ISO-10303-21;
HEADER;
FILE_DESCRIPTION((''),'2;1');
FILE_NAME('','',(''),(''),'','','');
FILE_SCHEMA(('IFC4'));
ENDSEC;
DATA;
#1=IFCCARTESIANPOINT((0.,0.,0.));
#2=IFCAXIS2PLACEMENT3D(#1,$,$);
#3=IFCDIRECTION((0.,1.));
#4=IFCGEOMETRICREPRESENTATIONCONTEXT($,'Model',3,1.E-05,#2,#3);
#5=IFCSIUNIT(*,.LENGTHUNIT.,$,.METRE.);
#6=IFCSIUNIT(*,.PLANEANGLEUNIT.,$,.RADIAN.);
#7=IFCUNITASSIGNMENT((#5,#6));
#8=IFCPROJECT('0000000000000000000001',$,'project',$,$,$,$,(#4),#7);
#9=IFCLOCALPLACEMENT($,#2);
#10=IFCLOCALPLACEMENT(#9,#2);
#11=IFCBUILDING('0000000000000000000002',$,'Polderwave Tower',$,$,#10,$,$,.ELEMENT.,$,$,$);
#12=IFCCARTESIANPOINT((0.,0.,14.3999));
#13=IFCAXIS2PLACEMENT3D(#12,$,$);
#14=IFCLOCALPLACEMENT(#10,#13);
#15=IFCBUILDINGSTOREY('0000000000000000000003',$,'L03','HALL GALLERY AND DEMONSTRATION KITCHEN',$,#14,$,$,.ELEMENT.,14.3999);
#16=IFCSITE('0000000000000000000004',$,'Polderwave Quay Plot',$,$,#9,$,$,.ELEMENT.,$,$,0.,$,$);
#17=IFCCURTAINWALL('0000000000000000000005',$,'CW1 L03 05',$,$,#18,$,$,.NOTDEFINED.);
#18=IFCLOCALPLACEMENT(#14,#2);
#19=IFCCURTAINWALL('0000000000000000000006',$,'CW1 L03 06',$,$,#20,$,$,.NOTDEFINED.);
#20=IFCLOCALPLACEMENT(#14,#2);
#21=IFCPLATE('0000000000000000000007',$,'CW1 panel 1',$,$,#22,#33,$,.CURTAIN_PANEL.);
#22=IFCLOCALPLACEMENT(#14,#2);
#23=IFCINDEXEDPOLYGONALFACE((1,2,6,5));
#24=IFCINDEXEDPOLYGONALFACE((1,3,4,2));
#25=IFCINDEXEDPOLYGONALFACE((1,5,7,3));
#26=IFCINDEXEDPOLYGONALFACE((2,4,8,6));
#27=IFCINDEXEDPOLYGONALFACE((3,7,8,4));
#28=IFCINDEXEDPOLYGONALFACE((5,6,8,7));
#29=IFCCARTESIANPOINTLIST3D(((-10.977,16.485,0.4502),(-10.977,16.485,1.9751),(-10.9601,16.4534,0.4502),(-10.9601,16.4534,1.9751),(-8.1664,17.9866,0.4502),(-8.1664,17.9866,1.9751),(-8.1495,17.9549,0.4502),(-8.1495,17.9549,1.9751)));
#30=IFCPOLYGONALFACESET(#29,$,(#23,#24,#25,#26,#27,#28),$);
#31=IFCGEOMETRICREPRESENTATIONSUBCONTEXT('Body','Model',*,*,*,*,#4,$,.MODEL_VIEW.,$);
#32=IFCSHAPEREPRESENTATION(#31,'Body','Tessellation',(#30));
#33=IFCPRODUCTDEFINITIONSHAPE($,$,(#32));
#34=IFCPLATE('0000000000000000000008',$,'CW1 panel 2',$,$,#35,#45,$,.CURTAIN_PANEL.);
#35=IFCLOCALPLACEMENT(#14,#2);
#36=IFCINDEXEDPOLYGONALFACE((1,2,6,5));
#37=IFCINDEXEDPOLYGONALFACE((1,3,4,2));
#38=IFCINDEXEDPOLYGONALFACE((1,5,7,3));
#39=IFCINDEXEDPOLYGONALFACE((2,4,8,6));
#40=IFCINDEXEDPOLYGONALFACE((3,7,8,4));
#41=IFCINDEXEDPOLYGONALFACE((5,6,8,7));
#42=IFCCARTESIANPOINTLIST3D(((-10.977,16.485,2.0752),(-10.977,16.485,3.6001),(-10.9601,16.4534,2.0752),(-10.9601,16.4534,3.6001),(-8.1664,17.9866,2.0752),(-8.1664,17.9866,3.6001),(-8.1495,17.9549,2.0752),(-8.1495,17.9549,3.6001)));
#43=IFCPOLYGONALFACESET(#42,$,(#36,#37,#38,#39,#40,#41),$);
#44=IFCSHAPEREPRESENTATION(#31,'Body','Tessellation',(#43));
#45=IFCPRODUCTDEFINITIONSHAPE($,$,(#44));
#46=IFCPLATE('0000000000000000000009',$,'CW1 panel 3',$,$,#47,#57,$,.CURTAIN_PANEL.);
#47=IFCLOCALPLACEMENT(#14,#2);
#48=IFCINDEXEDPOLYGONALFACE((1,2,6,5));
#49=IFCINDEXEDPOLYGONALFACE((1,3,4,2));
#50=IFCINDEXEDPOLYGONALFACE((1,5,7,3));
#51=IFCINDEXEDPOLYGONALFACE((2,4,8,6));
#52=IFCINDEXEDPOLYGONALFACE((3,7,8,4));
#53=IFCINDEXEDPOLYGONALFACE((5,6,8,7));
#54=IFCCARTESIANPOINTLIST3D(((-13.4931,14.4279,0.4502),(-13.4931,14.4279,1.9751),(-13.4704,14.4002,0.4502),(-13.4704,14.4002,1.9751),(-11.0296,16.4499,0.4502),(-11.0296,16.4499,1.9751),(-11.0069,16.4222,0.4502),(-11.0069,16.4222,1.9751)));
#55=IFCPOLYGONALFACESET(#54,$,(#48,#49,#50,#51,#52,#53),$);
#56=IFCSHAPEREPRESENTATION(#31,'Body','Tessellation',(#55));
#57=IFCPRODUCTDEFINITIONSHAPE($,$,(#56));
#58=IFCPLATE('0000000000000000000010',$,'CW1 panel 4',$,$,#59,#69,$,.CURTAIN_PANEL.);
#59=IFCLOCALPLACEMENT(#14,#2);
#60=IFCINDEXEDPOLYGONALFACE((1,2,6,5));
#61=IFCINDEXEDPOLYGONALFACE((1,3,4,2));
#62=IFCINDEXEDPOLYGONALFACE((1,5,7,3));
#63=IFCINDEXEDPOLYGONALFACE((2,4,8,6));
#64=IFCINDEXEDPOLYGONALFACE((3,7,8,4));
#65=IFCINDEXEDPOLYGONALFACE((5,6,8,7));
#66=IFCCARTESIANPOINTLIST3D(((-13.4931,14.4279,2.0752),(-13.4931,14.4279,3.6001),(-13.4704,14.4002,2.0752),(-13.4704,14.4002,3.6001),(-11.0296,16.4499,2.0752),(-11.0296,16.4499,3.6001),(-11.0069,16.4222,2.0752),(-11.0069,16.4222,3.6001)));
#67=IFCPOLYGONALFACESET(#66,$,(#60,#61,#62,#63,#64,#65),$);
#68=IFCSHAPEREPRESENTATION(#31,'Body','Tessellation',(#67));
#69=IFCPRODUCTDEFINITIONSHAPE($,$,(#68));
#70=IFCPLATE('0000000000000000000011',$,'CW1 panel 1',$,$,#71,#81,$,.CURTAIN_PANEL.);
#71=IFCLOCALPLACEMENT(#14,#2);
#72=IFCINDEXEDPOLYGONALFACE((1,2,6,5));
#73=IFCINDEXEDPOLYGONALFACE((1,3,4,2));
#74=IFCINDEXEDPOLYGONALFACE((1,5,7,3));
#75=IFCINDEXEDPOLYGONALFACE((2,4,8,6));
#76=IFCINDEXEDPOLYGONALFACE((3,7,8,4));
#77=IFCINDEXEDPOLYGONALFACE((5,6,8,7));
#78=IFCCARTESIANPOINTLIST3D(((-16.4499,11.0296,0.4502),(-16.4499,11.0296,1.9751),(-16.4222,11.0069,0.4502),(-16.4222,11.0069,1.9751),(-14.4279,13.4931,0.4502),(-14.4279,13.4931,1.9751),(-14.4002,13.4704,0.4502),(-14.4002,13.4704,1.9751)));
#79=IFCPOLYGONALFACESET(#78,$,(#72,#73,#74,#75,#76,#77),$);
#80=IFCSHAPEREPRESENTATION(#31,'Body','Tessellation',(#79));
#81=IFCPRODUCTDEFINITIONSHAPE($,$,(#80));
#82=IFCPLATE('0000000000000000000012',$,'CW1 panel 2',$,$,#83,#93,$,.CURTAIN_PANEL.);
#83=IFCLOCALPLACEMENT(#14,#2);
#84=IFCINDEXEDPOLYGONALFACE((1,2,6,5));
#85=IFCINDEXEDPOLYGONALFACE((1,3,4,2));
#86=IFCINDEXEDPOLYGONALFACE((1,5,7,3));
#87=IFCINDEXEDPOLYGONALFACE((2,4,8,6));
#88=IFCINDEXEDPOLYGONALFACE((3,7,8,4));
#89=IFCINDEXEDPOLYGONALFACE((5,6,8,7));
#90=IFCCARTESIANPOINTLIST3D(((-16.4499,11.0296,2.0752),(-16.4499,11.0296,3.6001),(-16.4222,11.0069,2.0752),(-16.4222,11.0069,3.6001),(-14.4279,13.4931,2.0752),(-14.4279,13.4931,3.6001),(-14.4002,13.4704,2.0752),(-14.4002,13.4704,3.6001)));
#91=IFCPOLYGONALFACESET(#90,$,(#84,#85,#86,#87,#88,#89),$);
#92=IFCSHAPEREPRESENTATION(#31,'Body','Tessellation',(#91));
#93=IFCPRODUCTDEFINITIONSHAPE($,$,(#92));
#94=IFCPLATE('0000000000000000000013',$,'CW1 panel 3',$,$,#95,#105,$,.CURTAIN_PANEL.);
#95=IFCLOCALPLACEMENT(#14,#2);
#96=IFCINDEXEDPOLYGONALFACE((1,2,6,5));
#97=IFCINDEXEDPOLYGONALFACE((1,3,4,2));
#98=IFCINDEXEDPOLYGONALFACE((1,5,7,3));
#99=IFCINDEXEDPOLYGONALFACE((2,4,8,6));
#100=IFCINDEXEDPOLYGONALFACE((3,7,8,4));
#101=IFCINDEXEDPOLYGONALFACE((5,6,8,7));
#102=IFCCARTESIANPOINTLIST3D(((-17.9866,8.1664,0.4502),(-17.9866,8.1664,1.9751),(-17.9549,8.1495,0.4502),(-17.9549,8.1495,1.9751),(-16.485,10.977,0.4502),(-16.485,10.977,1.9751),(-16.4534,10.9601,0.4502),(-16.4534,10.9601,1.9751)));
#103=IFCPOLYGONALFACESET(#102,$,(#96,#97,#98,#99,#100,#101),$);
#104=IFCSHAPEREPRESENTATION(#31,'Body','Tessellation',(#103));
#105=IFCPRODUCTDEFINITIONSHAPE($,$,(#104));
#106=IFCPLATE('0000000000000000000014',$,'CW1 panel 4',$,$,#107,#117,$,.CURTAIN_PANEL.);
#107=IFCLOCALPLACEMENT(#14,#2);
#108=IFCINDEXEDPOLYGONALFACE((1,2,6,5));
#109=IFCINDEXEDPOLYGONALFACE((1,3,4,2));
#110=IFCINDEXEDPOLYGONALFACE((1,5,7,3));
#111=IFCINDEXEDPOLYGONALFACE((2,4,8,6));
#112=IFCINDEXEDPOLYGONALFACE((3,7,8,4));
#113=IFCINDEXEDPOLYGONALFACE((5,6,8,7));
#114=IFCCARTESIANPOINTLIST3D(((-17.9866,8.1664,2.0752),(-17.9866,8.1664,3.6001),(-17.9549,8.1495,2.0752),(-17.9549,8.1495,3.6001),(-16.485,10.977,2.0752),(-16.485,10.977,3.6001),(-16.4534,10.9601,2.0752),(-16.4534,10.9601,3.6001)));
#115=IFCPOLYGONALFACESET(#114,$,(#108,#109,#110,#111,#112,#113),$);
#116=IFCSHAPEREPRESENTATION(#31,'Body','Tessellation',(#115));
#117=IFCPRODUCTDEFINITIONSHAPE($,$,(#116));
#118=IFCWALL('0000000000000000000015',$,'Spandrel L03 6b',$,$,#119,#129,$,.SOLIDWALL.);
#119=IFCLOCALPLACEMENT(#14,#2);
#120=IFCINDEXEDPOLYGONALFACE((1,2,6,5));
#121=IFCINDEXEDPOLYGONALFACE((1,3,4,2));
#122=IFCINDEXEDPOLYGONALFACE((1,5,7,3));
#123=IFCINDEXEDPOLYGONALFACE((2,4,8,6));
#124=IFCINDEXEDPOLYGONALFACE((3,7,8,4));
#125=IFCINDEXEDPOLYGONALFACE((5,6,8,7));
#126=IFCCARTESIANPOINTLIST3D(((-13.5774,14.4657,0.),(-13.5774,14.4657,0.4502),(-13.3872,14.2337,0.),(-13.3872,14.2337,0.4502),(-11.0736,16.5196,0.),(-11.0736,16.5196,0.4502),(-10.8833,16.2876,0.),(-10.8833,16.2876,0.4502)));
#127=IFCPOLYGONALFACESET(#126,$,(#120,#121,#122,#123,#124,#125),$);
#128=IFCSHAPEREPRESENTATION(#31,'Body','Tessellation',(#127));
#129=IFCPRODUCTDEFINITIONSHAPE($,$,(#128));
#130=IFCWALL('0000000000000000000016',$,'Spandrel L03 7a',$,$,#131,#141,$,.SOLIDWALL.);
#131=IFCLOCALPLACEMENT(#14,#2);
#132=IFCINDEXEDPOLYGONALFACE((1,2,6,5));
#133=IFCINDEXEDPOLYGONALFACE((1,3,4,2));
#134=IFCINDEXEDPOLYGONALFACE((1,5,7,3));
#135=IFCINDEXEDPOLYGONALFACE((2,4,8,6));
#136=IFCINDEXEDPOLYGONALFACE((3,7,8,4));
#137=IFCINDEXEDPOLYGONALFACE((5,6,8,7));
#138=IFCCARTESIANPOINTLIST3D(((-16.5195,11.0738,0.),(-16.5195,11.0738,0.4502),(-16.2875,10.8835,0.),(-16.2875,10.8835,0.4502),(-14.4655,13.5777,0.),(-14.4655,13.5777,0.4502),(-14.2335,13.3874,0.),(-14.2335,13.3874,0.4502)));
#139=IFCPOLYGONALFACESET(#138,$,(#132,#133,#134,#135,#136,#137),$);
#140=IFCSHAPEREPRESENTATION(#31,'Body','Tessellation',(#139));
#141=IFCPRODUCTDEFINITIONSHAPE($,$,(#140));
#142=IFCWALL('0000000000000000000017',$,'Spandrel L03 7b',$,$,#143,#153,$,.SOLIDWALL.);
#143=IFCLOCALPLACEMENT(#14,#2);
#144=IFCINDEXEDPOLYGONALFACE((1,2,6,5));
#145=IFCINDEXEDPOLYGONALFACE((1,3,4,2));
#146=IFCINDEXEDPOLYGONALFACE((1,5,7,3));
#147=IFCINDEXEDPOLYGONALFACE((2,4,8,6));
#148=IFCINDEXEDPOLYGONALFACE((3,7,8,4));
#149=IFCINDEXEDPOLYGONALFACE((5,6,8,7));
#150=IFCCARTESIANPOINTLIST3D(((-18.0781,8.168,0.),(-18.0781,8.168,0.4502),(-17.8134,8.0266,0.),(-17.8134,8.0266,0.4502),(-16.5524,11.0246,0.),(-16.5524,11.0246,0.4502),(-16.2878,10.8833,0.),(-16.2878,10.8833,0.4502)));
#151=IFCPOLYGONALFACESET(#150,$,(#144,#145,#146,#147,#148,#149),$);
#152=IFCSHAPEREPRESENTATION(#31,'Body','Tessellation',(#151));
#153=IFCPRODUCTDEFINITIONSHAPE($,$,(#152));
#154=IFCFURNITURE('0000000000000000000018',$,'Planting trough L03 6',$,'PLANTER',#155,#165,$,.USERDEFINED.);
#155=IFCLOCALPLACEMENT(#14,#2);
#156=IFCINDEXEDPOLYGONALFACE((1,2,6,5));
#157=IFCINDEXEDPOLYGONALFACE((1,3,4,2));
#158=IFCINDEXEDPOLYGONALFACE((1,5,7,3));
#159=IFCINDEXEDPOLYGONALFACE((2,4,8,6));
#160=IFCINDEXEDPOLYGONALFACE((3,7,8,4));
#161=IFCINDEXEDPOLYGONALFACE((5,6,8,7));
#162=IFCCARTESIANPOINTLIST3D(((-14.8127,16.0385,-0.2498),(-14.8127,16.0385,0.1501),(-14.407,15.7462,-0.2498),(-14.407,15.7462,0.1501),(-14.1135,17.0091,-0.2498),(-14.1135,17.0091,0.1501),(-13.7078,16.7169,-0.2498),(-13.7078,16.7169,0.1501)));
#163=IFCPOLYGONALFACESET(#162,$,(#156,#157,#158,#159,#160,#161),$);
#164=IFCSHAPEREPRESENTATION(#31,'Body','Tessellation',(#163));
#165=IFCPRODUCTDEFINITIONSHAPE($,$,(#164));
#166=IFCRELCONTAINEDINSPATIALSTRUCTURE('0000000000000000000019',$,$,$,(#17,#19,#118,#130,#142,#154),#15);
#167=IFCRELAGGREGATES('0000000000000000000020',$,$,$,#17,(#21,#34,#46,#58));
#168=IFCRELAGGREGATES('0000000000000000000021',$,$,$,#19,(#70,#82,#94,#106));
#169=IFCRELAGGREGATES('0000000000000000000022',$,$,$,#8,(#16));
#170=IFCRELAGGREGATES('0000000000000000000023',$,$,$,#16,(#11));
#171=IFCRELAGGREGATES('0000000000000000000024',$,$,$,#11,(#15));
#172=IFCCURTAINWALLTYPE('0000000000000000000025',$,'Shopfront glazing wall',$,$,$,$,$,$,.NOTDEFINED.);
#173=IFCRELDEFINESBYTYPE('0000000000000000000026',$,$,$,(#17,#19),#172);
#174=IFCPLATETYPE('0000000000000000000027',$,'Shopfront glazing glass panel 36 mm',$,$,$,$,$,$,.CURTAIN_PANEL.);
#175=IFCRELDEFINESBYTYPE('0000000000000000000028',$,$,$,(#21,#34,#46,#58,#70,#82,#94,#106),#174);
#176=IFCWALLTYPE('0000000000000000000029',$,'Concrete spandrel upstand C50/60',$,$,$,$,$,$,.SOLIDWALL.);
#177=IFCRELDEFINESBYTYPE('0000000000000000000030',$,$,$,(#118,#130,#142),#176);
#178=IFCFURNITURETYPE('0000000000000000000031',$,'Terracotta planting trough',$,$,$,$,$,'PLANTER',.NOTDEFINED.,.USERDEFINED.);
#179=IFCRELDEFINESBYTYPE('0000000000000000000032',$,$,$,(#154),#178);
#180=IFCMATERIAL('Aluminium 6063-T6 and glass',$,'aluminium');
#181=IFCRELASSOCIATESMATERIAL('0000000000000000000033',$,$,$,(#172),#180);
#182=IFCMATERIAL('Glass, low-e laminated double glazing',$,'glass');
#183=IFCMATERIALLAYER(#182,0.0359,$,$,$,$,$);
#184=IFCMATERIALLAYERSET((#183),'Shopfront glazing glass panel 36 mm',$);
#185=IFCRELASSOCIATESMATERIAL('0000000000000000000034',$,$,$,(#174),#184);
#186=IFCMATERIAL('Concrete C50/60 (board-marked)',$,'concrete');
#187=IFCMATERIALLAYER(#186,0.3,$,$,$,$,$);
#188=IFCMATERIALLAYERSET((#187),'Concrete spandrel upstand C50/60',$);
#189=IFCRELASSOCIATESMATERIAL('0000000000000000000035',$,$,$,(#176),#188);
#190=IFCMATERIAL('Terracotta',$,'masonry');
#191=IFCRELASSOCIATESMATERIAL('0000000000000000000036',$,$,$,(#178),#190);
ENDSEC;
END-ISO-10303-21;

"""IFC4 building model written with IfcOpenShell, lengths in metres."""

from ifc_helpers import new_model, si_unit, direction, frame, frame_2d, origin, origin_2d, place, context, subcontext, project, spatial, rectangle, extrude, material, layer, layer_set, type_object, element, aggregate, save


model = new_model("IFC4")

# Units and contexts
model_context = context("Model", 3, precision=1e-05, world=origin(), true_north=direction((0.0, 1.0)))
body_context = subcontext(model_context, "Body", "Model", "MODEL_VIEW")
ifc_project = project(units=[si_unit("LENGTHUNIT", "METRE"), si_unit("PLANEANGLEUNIT", "RADIAN")], contexts=[model_context])

# Site, building, storey
site_placement = place(None, origin())
site = spatial("IfcSite", under=ifc_project, at=site_placement, Name="Polderwave Quay Plot", CompositionType="ELEMENT", RefElevation=0.0)
building_placement = place(site_placement, origin())
building = spatial("IfcBuilding", under=site, at=building_placement, Name="Polderwave Tower", CompositionType="ELEMENT")
storey_placement = place(building_placement, frame((0.0, 0.0, 14.3999)))
storey = spatial("IfcBuildingStorey", under=building, at=storey_placement, Name="L03", Description="HALL GALLERY AND DEMONSTRATION KITCHEN", CompositionType="ELEMENT", Elevation=14.3999)

# Curtain walls
ifc_material_1 = material(Name="Aluminium 6063-T6 and glass", Category="aluminium")
curtain_wall_type = type_object("IfcCurtainWallType", Name="Shopfront glazing wall", PredefinedType="NOTDEFINED", material=ifc_material_1)
curtain_wall_1_placement = place(storey_placement, origin())
curtain_wall_1 = element("IfcCurtainWall", 1, at=curtain_wall_1_placement, inside=storey, type_object=curtain_wall_type, Name="CW1 L03 05", PredefinedType="NOTDEFINED")
curtain_wall_2_placement = place(storey_placement, origin())
curtain_wall_2 = element("IfcCurtainWall", 2, at=curtain_wall_2_placement, inside=storey, type_object=curtain_wall_type, Name="CW1 L03 06", PredefinedType="NOTDEFINED")

# Plates
ifc_material_2 = material(Name="Glass, low-e laminated double glazing", Category="glass")
ifc_layer_1 = layer(ifc_material_2, 0.0359)
ifc_layer_set_1 = layer_set([ifc_layer_1], Name="Shopfront glazing glass panel 36 mm")
plate_type = type_object("IfcPlateType", Name="Shopfront glazing glass panel 36 mm", PredefinedType="CURTAIN_PANEL", material=ifc_layer_set_1)
plate_1_placement = place(storey_placement, frame((-9.5632, 17.22, 0.4502), z_axis=(0.0, 0.0, 1.0), x_axis=(-0.882015, -0.471221, 0.0)))
plate_1 = element("IfcPlate", 3, at=plate_1_placement, type_object=plate_type, Name="CW1 panel 1", PredefinedType="CURTAIN_PANEL", context=body_context, shape_type="SweptSolid", body=[
    extrude(rectangle(XDim=3.1865, YDim=0.0359, at=origin_2d()), origin(), (0.0, 0.0, 1.0), 1.5249),
])
plate_2_placement = place(storey_placement, frame((-9.5632, 17.22, 2.0752), z_axis=(0.0, 0.0, 1.0), x_axis=(-0.882015, -0.471221, 0.0)))
plate_2 = element("IfcPlate", 4, at=plate_2_placement, type_object=plate_type, Name="CW1 panel 2", PredefinedType="CURTAIN_PANEL", context=body_context, shape_type="SweptSolid", body=[
    extrude(rectangle(XDim=3.1865, YDim=0.0359, at=origin_2d()), origin(), (0.0, 0.0, 1.0), 1.5249),
])
plate_3_placement = place(storey_placement, frame((-12.25, 15.425, 0.4502), z_axis=(0.0, 0.0, 1.0), x_axis=(-0.772977, -0.634434, 0.0)))
plate_3 = element("IfcPlate", 5, at=plate_3_placement, type_object=plate_type, Name="CW1 panel 3", PredefinedType="CURTAIN_PANEL", context=body_context, shape_type="SweptSolid", body=[
    extrude(rectangle(XDim=3.187, YDim=0.0359, at=origin_2d()), origin(), (0.0, 0.0, 1.0), 1.5249),
])
plate_4_placement = place(storey_placement, frame((-12.25, 15.425, 2.0752), z_axis=(0.0, 0.0, 1.0), x_axis=(-0.772977, -0.634434, 0.0)))
plate_4 = element("IfcPlate", 6, at=plate_4_placement, type_object=plate_type, Name="CW1 panel 4", PredefinedType="CURTAIN_PANEL", context=body_context, shape_type="SweptSolid", body=[
    extrude(rectangle(XDim=3.187, YDim=0.0359, at=origin_2d()), origin(), (0.0, 0.0, 1.0), 1.5249),
])
aggregate(curtain_wall_1, [plate_1, plate_2, plate_3, plate_4])
plate_5_placement = place(storey_placement, frame((-15.425, 12.25, 0.4502), z_axis=(0.0, 0.0, 1.0), x_axis=(-0.634434, -0.772977, 0.0)))
plate_5 = element("IfcPlate", 7, at=plate_5_placement, type_object=plate_type, Name="CW1 panel 1", PredefinedType="CURTAIN_PANEL", context=body_context, shape_type="SweptSolid", body=[
    extrude(rectangle(XDim=3.187, YDim=0.0359, at=origin_2d()), origin(), (0.0, 0.0, 1.0), 1.5249),
])
plate_6_placement = place(storey_placement, frame((-15.425, 12.25, 2.0752), z_axis=(0.0, 0.0, 1.0), x_axis=(-0.634434, -0.772977, 0.0)))
plate_6 = element("IfcPlate", 8, at=plate_6_placement, type_object=plate_type, Name="CW1 panel 2", PredefinedType="CURTAIN_PANEL", context=body_context, shape_type="SweptSolid", body=[
    extrude(rectangle(XDim=3.187, YDim=0.0359, at=origin_2d()), origin(), (0.0, 0.0, 1.0), 1.5249),
])
plate_7_placement = place(storey_placement, frame((-17.22, 9.5632, 0.4502), z_axis=(0.0, 0.0, 1.0), x_axis=(-0.471221, -0.882015, 0.0)))
plate_7 = element("IfcPlate", 9, at=plate_7_placement, type_object=plate_type, Name="CW1 panel 3", PredefinedType="CURTAIN_PANEL", context=body_context, shape_type="SweptSolid", body=[
    extrude(rectangle(XDim=3.1865, YDim=0.0359, at=origin_2d()), origin(), (0.0, 0.0, 1.0), 1.5249),
])
plate_8_placement = place(storey_placement, frame((-17.22, 9.5632, 2.0752), z_axis=(0.0, 0.0, 1.0), x_axis=(-0.471221, -0.882015, 0.0)))
plate_8 = element("IfcPlate", 10, at=plate_8_placement, type_object=plate_type, Name="CW1 panel 4", PredefinedType="CURTAIN_PANEL", context=body_context, shape_type="SweptSolid", body=[
    extrude(rectangle(XDim=3.1865, YDim=0.0359, at=origin_2d()), origin(), (0.0, 0.0, 1.0), 1.5249),
])
aggregate(curtain_wall_2, [plate_5, plate_6, plate_7, plate_8])

# Walls
ifc_material_3 = material(Name="Concrete C50/60 (board-marked)", Category="concrete")
ifc_layer_2 = layer(ifc_material_3, 0.3)
ifc_layer_set_2 = layer_set([ifc_layer_2], Name="Concrete spandrel upstand C50/60")
wall_type = type_object("IfcWallType", Name="Concrete spandrel upstand C50/60", PredefinedType="SOLIDWALL", material=ifc_layer_set_2)
for number, where, z_axis, x_axis, name in (
    (11, (-10.9785, 16.4036, 0.0), (0.0, 0.0, 1.0), (-0.773154, -0.634218, 0.0), "Spandrel L03 6b"),
    (12, (-14.3496, 13.4824, 0.0), (0.0, 0.0, 1.0), (-0.634218, -0.773154, 0.0), "Spandrel L03 7a"),
    (13, (-16.4202, 10.9539, 0.0), (0.0, 0.0, 1.0), (-0.471085, -0.882088, 0.0), "Spandrel L03 7b"),
):
    element("IfcWall", number, at=place(storey_placement, frame(where, z_axis=z_axis, x_axis=x_axis)), inside=storey, type_object=wall_type, Name=name, PredefinedType="SOLIDWALL", context=body_context, shape_type="SweptSolid", body=[
        extrude(rectangle(XDim=3.2385, YDim=0.3, at=frame_2d((1.6191, 0.0))), origin(), (0.0, 0.0, 1.0), 0.4502),
    ])

# Furniture
ifc_material_4 = material(Name="Terracotta", Category="masonry")
furniture_type = type_object("IfcFurnitureType", Name="Terracotta planting trough", ElementType="PLANTER", AssemblyPlace="NOTDEFINED", PredefinedType="USERDEFINED", material=ifc_material_4)
furniture_placement = place(storey_placement, frame((-14.2603, 16.3777, -0.2498), z_axis=(0.0, 0.0, 1.0), x_axis=(-0.584499, -0.811394, 0.0)))
element("IfcFurniture", 14, at=furniture_placement, inside=storey, type_object=furniture_type, Name="Planting trough L03 6", ObjectType="PLANTER", PredefinedType="USERDEFINED", context=body_context, shape_type="SweptSolid", body=[
    extrude(rectangle(XDim=1.1963, YDim=0.5, at=origin_2d()), origin(), (0.0, 0.0, 1.0), 0.3999),
])

save(model, "model.ifc")
